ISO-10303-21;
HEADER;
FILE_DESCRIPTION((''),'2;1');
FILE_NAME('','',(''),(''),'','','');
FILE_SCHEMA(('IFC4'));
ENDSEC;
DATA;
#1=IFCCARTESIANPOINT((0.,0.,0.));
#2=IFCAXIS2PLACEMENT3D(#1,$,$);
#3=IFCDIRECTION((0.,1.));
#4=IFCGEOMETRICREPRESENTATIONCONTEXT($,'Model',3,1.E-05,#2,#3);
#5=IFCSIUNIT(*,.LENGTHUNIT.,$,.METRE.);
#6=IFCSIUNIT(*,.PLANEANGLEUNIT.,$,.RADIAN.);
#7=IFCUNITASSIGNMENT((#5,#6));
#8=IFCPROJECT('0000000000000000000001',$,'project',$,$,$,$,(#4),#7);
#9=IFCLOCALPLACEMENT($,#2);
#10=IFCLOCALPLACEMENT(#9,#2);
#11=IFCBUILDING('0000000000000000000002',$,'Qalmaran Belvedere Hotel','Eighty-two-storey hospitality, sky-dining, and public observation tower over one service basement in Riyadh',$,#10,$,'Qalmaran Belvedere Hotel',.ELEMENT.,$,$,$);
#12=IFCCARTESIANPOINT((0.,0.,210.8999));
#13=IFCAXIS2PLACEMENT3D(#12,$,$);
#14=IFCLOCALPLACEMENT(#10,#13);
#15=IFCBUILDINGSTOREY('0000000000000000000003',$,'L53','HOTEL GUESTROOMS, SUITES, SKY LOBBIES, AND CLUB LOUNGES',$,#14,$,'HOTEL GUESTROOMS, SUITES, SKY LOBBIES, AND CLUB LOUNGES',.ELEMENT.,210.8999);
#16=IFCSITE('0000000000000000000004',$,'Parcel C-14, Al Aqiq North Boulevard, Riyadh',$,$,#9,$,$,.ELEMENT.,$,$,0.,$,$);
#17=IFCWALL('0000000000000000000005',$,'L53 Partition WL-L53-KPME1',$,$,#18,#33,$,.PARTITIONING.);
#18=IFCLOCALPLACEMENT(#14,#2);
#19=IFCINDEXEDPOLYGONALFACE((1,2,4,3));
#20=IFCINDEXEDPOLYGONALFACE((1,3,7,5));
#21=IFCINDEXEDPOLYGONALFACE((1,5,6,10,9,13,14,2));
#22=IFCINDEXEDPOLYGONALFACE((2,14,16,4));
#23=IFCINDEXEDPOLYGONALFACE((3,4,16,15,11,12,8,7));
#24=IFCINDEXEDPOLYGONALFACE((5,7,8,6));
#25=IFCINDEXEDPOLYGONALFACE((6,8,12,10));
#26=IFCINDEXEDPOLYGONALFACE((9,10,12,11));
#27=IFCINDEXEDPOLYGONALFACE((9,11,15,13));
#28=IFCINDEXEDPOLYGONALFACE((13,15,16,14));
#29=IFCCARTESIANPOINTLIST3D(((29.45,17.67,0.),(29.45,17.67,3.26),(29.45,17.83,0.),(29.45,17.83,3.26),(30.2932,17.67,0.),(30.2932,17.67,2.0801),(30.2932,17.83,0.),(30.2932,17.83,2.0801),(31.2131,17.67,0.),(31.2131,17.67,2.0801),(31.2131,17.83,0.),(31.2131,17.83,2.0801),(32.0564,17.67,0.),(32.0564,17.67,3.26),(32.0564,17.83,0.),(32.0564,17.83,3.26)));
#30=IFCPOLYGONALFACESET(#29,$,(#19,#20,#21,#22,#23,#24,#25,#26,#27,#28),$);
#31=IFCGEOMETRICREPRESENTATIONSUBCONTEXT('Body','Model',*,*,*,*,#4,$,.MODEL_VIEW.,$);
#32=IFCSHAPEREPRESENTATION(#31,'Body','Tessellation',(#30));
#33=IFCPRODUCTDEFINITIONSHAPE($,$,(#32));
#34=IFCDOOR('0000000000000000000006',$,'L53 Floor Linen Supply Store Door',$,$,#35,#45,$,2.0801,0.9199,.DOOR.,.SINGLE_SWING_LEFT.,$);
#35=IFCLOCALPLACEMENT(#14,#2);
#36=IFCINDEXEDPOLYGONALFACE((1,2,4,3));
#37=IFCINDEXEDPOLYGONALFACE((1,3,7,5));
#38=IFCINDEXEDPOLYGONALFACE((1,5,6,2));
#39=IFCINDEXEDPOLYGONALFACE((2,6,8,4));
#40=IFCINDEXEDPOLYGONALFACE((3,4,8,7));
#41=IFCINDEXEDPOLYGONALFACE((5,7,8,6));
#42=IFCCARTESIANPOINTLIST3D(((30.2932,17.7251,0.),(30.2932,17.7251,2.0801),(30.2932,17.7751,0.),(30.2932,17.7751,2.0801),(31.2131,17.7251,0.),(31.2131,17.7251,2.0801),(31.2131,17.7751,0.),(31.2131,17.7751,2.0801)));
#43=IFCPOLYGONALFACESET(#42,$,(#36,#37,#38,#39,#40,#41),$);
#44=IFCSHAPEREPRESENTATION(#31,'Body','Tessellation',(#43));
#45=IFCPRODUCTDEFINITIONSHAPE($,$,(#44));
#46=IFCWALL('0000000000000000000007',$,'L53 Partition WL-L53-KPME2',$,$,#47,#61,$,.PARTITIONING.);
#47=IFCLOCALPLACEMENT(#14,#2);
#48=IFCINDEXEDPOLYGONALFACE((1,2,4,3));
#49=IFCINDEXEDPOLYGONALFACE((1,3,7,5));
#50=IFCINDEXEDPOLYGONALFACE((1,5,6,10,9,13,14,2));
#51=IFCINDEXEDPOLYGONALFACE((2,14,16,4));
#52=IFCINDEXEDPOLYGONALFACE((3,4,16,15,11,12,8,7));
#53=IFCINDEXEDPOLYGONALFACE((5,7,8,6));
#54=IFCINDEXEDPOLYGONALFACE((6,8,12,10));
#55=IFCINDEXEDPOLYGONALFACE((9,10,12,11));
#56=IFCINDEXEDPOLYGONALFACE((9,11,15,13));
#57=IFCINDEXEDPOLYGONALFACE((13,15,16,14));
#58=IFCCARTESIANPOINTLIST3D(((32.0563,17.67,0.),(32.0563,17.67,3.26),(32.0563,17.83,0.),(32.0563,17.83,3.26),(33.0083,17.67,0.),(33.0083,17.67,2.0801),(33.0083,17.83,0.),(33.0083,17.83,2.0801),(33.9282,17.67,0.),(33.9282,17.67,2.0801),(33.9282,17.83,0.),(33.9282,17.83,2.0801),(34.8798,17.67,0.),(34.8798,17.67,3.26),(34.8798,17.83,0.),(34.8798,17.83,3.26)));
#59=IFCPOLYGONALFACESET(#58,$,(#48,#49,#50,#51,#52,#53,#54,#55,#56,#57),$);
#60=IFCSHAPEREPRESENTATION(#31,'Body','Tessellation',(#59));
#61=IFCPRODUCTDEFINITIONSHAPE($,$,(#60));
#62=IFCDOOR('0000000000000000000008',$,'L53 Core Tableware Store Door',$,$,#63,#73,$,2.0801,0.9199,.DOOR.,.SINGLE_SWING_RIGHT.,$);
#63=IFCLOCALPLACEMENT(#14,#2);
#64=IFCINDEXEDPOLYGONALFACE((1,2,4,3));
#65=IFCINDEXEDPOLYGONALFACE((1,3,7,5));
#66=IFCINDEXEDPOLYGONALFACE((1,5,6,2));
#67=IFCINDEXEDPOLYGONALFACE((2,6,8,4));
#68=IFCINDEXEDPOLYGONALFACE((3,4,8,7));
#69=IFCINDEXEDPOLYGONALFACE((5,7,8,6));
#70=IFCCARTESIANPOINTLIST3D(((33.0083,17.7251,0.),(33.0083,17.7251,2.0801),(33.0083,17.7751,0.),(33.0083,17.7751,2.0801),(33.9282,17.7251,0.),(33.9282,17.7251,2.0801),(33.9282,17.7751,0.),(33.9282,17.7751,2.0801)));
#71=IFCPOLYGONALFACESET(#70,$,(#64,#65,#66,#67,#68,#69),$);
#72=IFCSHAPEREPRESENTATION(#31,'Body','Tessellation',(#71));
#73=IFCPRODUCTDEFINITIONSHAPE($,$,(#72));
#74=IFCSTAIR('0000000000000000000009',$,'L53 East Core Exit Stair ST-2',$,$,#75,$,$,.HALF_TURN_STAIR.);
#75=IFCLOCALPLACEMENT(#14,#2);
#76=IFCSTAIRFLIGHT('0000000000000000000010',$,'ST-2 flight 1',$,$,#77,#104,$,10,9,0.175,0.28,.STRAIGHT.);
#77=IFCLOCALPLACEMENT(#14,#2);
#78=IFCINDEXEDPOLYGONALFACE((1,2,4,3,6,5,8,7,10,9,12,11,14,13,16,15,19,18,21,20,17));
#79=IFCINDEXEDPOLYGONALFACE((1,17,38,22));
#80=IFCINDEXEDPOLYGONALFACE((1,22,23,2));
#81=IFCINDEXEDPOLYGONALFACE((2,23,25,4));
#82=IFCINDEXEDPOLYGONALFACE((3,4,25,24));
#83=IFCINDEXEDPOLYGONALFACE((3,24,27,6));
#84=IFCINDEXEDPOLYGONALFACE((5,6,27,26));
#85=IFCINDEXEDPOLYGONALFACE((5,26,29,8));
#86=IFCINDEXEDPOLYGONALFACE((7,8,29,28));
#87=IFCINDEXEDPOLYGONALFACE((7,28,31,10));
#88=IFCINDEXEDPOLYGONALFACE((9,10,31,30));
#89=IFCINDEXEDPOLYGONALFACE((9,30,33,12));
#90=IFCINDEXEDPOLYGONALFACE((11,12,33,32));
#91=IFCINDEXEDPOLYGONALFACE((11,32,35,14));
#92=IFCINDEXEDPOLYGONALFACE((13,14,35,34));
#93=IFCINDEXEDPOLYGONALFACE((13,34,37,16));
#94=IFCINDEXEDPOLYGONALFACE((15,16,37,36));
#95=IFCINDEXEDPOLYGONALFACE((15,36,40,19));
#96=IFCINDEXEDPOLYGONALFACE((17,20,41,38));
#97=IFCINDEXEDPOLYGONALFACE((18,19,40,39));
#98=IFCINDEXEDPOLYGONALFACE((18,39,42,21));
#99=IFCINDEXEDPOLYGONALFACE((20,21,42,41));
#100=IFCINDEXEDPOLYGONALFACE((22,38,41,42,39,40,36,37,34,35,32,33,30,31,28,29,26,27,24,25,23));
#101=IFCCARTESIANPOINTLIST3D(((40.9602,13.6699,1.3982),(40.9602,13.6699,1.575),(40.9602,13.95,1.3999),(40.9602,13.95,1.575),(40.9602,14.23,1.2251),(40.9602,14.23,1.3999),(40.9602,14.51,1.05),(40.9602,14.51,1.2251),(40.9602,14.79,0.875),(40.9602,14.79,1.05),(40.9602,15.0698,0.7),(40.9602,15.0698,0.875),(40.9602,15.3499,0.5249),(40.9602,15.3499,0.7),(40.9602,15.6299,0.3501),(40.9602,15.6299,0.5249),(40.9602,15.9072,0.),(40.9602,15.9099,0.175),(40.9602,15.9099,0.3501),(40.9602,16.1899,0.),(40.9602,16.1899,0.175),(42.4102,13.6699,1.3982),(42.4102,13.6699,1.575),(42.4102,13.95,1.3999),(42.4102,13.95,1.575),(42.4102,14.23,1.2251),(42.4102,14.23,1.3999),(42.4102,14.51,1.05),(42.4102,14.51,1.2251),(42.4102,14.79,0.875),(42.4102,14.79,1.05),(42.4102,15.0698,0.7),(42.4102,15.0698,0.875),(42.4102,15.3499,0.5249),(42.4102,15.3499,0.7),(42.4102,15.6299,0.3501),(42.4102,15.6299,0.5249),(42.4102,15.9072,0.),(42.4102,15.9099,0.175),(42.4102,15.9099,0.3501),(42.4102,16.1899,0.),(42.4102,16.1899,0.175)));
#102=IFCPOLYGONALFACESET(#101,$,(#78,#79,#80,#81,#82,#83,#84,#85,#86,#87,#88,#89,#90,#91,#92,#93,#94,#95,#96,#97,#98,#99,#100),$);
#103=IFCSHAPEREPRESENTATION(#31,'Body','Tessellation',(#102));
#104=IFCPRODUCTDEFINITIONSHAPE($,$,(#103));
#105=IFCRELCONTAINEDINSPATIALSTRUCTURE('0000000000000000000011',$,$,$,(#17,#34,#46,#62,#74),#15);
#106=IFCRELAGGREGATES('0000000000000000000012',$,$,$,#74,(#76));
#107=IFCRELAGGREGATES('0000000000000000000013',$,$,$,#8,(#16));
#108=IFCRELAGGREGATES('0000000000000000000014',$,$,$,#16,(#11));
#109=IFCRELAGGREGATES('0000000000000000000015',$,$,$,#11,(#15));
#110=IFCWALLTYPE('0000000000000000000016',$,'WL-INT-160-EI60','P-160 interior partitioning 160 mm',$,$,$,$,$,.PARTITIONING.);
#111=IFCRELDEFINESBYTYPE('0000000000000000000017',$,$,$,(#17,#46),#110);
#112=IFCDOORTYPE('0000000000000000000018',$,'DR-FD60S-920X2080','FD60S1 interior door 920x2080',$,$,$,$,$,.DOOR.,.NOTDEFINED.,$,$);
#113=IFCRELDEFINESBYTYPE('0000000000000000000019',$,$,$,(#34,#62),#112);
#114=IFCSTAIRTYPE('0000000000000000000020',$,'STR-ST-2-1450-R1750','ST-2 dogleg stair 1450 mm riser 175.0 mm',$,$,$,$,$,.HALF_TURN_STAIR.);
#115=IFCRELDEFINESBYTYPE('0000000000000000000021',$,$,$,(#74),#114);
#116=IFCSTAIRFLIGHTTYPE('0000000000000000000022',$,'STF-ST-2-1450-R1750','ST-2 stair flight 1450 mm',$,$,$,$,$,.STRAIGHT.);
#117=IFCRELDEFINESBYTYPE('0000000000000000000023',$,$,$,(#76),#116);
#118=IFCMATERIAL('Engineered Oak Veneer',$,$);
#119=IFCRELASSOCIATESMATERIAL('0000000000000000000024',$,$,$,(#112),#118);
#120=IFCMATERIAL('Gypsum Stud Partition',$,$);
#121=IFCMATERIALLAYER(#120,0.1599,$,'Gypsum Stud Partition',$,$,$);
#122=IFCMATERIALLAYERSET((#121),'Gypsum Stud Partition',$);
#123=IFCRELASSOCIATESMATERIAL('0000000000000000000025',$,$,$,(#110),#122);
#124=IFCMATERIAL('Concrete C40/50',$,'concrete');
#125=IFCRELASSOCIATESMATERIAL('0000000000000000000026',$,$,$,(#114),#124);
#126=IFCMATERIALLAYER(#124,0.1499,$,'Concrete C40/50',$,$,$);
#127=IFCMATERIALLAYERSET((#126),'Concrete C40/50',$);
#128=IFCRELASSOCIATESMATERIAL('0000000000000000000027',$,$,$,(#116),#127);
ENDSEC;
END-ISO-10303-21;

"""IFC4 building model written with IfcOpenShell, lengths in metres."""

from ifc_helpers import new_model, si_unit, direction, frame, frame_2d, origin, place, context, subcontext, project, spatial, polyline, rectangle, outline, extrude, material, layer, layer_set, type_object, element, fill, aggregate, save


model = new_model("IFC4")

# Units and contexts
model_context = context("Model", 3, precision=1e-05, world=origin(), true_north=direction((0.0, 1.0)))
body_context = subcontext(model_context, "Body", "Model", "MODEL_VIEW")
ifc_project = project(units=[si_unit("LENGTHUNIT", "METRE"), si_unit("PLANEANGLEUNIT", "RADIAN")], contexts=[model_context])

# Site, building, storey
site_placement = place(None, origin())
site = spatial("IfcSite", under=ifc_project, at=site_placement, Name="Parcel C-14, Al Aqiq North Boulevard, Riyadh", CompositionType="ELEMENT", RefElevation=0.0)
building_placement = place(site_placement, origin())
building = spatial("IfcBuilding", under=site, at=building_placement, Name="Qalmaran Belvedere Hotel", Description="Eighty-two-storey hospitality, sky-dining, and public observation tower over one service basement in Riyadh", LongName="Qalmaran Belvedere Hotel", CompositionType="ELEMENT")
storey_placement = place(building_placement, frame((0.0, 0.0, 210.8999)))
storey = spatial("IfcBuildingStorey", under=building, at=storey_placement, Name="L53", Description="HOTEL GUESTROOMS, SUITES, SKY LOBBIES, AND CLUB LOUNGES", LongName="HOTEL GUESTROOMS, SUITES, SKY LOBBIES, AND CLUB LOUNGES", CompositionType="ELEMENT", Elevation=210.8999)

# Shared definitions
ifc_material_1 = material(Name="Gypsum Stud Partition")

# Shared definitions
ifc_material_2 = material(Name="Engineered Oak Veneer")
door_type_1 = type_object("IfcDoorType", Name="DR-FD60S-920X2080", Description="FD60S1 interior door 920x2080", OperationType="NOTDEFINED", PredefinedType="DOOR", material=ifc_material_2)

# Walls, openings, doors
ifc_layer_1 = layer(ifc_material_1, 0.1599, Name="Gypsum Stud Partition")
ifc_layer_set_1 = layer_set([ifc_layer_1], Name="Gypsum Stud Partition")
wall_type_1 = type_object("IfcWallType", Name="WL-INT-160-EI60", Description="P-160 interior partitioning 160 mm", PredefinedType="PARTITIONING", material=ifc_layer_set_1)
wall_1_placement = place(storey_placement, frame((29.45, 17.75, 0.0), z_axis=(0.0, 0.0, 1.0), x_axis=(1.0, 0.0, 0.0)))
wall_1 = element("IfcWall", 1, at=wall_1_placement, inside=storey, type_object=wall_type_1, Name="L53 Partition WL-L53-KPME1", PredefinedType="PARTITIONING", context=body_context, shape_type="SweptSolid", body=[
    extrude(rectangle(XDim=2.6064, YDim=0.1599, at=frame_2d((1.3032, 0.0))), origin(), (0.0, 0.0, 1.0), 3.26),
])
opening_1_placement = place(wall_1_placement, frame((1.7632, 0.0, 0.0), z_axis=(0.0, 0.0, 1.0), x_axis=(-1.0, 0.0, 0.0)))
opening_1 = element("IfcOpeningElement", 2, at=opening_1_placement, cuts=wall_1, PredefinedType="OPENING", context=body_context, shape_type="SweptSolid", body=[
    extrude(rectangle(XDim=0.9199, YDim=2.0801, at=frame_2d((0.46, 1.04))), frame((0.0, 0.0898, 0.0), z_axis=(0.0, -1.0, 0.0), x_axis=(1.0, 0.0, 0.0)), (0.0, 0.0, 1.0), 0.1799),
])
door_1_placement = place(opening_1_placement, origin())
door_1 = element("IfcDoor", 3, at=door_1_placement, inside=storey, type_object=door_type_1, Name="L53 Floor Linen Supply Store Door", OperationType="SINGLE_SWING_LEFT", OverallHeight=2.0801, OverallWidth=0.9199, PredefinedType="DOOR", context=body_context, shape_type="SweptSolid", body=[
    extrude(rectangle(XDim=0.9199, YDim=2.0801, at=frame_2d((0.46, 1.04))), frame((0.0, 0.0249, 0.0), z_axis=(0.0, -1.0, 0.0), x_axis=(1.0, 0.0, 0.0)), (0.0, 0.0, 1.0), 0.05),
])
fill(opening_1, door_1)
wall_2_placement = place(storey_placement, frame((32.0564, 17.75, 0.0), z_axis=(0.0, 0.0, 1.0), x_axis=(1.0, 0.0, 0.0)))
wall_2 = element("IfcWall", 4, at=wall_2_placement, inside=storey, type_object=wall_type_1, Name="L53 Partition WL-L53-KPME2", PredefinedType="PARTITIONING", context=body_context, shape_type="SweptSolid", body=[
    extrude(rectangle(XDim=2.8235, YDim=0.1599, at=frame_2d((1.4116, 0.0))), origin(), (0.0, 0.0, 1.0), 3.26),
])
opening_2_placement = place(wall_2_placement, frame((1.8718, 0.0, 0.0), z_axis=(0.0, 0.0, 1.0), x_axis=(-1.0, 0.0, 0.0)))
opening_2 = element("IfcOpeningElement", 5, at=opening_2_placement, cuts=wall_2, PredefinedType="OPENING", context=body_context, shape_type="SweptSolid", body=[
    extrude(rectangle(XDim=0.9199, YDim=2.0801, at=frame_2d((0.46, 1.04))), frame((0.0, 0.0898, 0.0), z_axis=(0.0, -1.0, 0.0), x_axis=(1.0, 0.0, 0.0)), (0.0, 0.0, 1.0), 0.1799),
])
door_2_placement = place(opening_2_placement, origin())
door_2 = element("IfcDoor", 6, at=door_2_placement, inside=storey, type_object=door_type_1, Name="L53 Core Tableware Store Door", OperationType="SINGLE_SWING_RIGHT", OverallHeight=2.0801, OverallWidth=0.9199, PredefinedType="DOOR", context=body_context, shape_type="SweptSolid", body=[
    extrude(rectangle(XDim=0.9199, YDim=2.0801, at=frame_2d((0.46, 1.04))), frame((0.0, 0.0249, 0.0), z_axis=(0.0, -1.0, 0.0), x_axis=(1.0, 0.0, 0.0)), (0.0, 0.0, 1.0), 0.05),
])
fill(opening_2, door_2)

# Stair, stair flight
ifc_material_3 = material(Name="Concrete C40/50", Category="concrete")
stair_type = type_object("IfcStairType", Name="STR-ST-2-1450-R1750", Description="ST-2 dogleg stair 1450 mm riser 175.0 mm", PredefinedType="HALF_TURN_STAIR", material=ifc_material_3)
stair_placement = place(storey_placement, origin())
stair = element("IfcStair", 7, at=stair_placement, inside=storey, type_object=stair_type, Name="L53 East Core Exit Stair ST-2", PredefinedType="HALF_TURN_STAIR")
ifc_layer_2 = layer(ifc_material_3, 0.1499, Name="Concrete C40/50")
ifc_layer_set_2 = layer_set([ifc_layer_2], Name="Concrete C40/50")
stair_flight_type = type_object("IfcStairFlightType", Name="STF-ST-2-1450-R1750", Description="ST-2 stair flight 1450 mm", PredefinedType="STRAIGHT", material=ifc_layer_set_2)
stair_flight_placement = place(storey_placement, frame((41.6851, 16.1899, 0.0), z_axis=(0.0, 0.0, 1.0), x_axis=(0.0, -1.0, 0.0)))
stair_flight = element("IfcStairFlight", 8, at=stair_flight_placement, type_object=stair_flight_type, Name="ST-2 flight 1", NumberOfRisers=10, NumberOfTreads=9, PredefinedType="STRAIGHT", RiserHeight=0.175, TreadLength=0.28, context=body_context, shape_type="SweptSolid", body=[
    extrude(outline(polyline([(0.0, 0.0), (0.0, 0.175), (0.28, 0.175), (0.28, 0.3501), (0.5601, 0.3501), (0.5601, 0.5249), (0.8401, 0.5249), (0.8401, 0.7), (1.1201, 0.7), (1.1201, 0.875), (1.3999, 0.875), (1.3999, 1.05), (1.6799, 1.05), (1.6799, 1.2251), (1.96, 1.2251), (1.96, 1.3999), (2.24, 1.3999), (2.24, 1.575), (2.52, 1.575), (2.52, 1.75), (2.52, 1.3982), (0.2827, 0.0), (0.0, 0.0)])), frame((0.0, 0.7251, 0.0), z_axis=(0.0, -1.0, 0.0), x_axis=(1.0, 0.0, 0.0)), (0.0, 0.0, 1.0), 1.45),
])
aggregate(stair, [stair_flight])

save(model, "model.ifc")
